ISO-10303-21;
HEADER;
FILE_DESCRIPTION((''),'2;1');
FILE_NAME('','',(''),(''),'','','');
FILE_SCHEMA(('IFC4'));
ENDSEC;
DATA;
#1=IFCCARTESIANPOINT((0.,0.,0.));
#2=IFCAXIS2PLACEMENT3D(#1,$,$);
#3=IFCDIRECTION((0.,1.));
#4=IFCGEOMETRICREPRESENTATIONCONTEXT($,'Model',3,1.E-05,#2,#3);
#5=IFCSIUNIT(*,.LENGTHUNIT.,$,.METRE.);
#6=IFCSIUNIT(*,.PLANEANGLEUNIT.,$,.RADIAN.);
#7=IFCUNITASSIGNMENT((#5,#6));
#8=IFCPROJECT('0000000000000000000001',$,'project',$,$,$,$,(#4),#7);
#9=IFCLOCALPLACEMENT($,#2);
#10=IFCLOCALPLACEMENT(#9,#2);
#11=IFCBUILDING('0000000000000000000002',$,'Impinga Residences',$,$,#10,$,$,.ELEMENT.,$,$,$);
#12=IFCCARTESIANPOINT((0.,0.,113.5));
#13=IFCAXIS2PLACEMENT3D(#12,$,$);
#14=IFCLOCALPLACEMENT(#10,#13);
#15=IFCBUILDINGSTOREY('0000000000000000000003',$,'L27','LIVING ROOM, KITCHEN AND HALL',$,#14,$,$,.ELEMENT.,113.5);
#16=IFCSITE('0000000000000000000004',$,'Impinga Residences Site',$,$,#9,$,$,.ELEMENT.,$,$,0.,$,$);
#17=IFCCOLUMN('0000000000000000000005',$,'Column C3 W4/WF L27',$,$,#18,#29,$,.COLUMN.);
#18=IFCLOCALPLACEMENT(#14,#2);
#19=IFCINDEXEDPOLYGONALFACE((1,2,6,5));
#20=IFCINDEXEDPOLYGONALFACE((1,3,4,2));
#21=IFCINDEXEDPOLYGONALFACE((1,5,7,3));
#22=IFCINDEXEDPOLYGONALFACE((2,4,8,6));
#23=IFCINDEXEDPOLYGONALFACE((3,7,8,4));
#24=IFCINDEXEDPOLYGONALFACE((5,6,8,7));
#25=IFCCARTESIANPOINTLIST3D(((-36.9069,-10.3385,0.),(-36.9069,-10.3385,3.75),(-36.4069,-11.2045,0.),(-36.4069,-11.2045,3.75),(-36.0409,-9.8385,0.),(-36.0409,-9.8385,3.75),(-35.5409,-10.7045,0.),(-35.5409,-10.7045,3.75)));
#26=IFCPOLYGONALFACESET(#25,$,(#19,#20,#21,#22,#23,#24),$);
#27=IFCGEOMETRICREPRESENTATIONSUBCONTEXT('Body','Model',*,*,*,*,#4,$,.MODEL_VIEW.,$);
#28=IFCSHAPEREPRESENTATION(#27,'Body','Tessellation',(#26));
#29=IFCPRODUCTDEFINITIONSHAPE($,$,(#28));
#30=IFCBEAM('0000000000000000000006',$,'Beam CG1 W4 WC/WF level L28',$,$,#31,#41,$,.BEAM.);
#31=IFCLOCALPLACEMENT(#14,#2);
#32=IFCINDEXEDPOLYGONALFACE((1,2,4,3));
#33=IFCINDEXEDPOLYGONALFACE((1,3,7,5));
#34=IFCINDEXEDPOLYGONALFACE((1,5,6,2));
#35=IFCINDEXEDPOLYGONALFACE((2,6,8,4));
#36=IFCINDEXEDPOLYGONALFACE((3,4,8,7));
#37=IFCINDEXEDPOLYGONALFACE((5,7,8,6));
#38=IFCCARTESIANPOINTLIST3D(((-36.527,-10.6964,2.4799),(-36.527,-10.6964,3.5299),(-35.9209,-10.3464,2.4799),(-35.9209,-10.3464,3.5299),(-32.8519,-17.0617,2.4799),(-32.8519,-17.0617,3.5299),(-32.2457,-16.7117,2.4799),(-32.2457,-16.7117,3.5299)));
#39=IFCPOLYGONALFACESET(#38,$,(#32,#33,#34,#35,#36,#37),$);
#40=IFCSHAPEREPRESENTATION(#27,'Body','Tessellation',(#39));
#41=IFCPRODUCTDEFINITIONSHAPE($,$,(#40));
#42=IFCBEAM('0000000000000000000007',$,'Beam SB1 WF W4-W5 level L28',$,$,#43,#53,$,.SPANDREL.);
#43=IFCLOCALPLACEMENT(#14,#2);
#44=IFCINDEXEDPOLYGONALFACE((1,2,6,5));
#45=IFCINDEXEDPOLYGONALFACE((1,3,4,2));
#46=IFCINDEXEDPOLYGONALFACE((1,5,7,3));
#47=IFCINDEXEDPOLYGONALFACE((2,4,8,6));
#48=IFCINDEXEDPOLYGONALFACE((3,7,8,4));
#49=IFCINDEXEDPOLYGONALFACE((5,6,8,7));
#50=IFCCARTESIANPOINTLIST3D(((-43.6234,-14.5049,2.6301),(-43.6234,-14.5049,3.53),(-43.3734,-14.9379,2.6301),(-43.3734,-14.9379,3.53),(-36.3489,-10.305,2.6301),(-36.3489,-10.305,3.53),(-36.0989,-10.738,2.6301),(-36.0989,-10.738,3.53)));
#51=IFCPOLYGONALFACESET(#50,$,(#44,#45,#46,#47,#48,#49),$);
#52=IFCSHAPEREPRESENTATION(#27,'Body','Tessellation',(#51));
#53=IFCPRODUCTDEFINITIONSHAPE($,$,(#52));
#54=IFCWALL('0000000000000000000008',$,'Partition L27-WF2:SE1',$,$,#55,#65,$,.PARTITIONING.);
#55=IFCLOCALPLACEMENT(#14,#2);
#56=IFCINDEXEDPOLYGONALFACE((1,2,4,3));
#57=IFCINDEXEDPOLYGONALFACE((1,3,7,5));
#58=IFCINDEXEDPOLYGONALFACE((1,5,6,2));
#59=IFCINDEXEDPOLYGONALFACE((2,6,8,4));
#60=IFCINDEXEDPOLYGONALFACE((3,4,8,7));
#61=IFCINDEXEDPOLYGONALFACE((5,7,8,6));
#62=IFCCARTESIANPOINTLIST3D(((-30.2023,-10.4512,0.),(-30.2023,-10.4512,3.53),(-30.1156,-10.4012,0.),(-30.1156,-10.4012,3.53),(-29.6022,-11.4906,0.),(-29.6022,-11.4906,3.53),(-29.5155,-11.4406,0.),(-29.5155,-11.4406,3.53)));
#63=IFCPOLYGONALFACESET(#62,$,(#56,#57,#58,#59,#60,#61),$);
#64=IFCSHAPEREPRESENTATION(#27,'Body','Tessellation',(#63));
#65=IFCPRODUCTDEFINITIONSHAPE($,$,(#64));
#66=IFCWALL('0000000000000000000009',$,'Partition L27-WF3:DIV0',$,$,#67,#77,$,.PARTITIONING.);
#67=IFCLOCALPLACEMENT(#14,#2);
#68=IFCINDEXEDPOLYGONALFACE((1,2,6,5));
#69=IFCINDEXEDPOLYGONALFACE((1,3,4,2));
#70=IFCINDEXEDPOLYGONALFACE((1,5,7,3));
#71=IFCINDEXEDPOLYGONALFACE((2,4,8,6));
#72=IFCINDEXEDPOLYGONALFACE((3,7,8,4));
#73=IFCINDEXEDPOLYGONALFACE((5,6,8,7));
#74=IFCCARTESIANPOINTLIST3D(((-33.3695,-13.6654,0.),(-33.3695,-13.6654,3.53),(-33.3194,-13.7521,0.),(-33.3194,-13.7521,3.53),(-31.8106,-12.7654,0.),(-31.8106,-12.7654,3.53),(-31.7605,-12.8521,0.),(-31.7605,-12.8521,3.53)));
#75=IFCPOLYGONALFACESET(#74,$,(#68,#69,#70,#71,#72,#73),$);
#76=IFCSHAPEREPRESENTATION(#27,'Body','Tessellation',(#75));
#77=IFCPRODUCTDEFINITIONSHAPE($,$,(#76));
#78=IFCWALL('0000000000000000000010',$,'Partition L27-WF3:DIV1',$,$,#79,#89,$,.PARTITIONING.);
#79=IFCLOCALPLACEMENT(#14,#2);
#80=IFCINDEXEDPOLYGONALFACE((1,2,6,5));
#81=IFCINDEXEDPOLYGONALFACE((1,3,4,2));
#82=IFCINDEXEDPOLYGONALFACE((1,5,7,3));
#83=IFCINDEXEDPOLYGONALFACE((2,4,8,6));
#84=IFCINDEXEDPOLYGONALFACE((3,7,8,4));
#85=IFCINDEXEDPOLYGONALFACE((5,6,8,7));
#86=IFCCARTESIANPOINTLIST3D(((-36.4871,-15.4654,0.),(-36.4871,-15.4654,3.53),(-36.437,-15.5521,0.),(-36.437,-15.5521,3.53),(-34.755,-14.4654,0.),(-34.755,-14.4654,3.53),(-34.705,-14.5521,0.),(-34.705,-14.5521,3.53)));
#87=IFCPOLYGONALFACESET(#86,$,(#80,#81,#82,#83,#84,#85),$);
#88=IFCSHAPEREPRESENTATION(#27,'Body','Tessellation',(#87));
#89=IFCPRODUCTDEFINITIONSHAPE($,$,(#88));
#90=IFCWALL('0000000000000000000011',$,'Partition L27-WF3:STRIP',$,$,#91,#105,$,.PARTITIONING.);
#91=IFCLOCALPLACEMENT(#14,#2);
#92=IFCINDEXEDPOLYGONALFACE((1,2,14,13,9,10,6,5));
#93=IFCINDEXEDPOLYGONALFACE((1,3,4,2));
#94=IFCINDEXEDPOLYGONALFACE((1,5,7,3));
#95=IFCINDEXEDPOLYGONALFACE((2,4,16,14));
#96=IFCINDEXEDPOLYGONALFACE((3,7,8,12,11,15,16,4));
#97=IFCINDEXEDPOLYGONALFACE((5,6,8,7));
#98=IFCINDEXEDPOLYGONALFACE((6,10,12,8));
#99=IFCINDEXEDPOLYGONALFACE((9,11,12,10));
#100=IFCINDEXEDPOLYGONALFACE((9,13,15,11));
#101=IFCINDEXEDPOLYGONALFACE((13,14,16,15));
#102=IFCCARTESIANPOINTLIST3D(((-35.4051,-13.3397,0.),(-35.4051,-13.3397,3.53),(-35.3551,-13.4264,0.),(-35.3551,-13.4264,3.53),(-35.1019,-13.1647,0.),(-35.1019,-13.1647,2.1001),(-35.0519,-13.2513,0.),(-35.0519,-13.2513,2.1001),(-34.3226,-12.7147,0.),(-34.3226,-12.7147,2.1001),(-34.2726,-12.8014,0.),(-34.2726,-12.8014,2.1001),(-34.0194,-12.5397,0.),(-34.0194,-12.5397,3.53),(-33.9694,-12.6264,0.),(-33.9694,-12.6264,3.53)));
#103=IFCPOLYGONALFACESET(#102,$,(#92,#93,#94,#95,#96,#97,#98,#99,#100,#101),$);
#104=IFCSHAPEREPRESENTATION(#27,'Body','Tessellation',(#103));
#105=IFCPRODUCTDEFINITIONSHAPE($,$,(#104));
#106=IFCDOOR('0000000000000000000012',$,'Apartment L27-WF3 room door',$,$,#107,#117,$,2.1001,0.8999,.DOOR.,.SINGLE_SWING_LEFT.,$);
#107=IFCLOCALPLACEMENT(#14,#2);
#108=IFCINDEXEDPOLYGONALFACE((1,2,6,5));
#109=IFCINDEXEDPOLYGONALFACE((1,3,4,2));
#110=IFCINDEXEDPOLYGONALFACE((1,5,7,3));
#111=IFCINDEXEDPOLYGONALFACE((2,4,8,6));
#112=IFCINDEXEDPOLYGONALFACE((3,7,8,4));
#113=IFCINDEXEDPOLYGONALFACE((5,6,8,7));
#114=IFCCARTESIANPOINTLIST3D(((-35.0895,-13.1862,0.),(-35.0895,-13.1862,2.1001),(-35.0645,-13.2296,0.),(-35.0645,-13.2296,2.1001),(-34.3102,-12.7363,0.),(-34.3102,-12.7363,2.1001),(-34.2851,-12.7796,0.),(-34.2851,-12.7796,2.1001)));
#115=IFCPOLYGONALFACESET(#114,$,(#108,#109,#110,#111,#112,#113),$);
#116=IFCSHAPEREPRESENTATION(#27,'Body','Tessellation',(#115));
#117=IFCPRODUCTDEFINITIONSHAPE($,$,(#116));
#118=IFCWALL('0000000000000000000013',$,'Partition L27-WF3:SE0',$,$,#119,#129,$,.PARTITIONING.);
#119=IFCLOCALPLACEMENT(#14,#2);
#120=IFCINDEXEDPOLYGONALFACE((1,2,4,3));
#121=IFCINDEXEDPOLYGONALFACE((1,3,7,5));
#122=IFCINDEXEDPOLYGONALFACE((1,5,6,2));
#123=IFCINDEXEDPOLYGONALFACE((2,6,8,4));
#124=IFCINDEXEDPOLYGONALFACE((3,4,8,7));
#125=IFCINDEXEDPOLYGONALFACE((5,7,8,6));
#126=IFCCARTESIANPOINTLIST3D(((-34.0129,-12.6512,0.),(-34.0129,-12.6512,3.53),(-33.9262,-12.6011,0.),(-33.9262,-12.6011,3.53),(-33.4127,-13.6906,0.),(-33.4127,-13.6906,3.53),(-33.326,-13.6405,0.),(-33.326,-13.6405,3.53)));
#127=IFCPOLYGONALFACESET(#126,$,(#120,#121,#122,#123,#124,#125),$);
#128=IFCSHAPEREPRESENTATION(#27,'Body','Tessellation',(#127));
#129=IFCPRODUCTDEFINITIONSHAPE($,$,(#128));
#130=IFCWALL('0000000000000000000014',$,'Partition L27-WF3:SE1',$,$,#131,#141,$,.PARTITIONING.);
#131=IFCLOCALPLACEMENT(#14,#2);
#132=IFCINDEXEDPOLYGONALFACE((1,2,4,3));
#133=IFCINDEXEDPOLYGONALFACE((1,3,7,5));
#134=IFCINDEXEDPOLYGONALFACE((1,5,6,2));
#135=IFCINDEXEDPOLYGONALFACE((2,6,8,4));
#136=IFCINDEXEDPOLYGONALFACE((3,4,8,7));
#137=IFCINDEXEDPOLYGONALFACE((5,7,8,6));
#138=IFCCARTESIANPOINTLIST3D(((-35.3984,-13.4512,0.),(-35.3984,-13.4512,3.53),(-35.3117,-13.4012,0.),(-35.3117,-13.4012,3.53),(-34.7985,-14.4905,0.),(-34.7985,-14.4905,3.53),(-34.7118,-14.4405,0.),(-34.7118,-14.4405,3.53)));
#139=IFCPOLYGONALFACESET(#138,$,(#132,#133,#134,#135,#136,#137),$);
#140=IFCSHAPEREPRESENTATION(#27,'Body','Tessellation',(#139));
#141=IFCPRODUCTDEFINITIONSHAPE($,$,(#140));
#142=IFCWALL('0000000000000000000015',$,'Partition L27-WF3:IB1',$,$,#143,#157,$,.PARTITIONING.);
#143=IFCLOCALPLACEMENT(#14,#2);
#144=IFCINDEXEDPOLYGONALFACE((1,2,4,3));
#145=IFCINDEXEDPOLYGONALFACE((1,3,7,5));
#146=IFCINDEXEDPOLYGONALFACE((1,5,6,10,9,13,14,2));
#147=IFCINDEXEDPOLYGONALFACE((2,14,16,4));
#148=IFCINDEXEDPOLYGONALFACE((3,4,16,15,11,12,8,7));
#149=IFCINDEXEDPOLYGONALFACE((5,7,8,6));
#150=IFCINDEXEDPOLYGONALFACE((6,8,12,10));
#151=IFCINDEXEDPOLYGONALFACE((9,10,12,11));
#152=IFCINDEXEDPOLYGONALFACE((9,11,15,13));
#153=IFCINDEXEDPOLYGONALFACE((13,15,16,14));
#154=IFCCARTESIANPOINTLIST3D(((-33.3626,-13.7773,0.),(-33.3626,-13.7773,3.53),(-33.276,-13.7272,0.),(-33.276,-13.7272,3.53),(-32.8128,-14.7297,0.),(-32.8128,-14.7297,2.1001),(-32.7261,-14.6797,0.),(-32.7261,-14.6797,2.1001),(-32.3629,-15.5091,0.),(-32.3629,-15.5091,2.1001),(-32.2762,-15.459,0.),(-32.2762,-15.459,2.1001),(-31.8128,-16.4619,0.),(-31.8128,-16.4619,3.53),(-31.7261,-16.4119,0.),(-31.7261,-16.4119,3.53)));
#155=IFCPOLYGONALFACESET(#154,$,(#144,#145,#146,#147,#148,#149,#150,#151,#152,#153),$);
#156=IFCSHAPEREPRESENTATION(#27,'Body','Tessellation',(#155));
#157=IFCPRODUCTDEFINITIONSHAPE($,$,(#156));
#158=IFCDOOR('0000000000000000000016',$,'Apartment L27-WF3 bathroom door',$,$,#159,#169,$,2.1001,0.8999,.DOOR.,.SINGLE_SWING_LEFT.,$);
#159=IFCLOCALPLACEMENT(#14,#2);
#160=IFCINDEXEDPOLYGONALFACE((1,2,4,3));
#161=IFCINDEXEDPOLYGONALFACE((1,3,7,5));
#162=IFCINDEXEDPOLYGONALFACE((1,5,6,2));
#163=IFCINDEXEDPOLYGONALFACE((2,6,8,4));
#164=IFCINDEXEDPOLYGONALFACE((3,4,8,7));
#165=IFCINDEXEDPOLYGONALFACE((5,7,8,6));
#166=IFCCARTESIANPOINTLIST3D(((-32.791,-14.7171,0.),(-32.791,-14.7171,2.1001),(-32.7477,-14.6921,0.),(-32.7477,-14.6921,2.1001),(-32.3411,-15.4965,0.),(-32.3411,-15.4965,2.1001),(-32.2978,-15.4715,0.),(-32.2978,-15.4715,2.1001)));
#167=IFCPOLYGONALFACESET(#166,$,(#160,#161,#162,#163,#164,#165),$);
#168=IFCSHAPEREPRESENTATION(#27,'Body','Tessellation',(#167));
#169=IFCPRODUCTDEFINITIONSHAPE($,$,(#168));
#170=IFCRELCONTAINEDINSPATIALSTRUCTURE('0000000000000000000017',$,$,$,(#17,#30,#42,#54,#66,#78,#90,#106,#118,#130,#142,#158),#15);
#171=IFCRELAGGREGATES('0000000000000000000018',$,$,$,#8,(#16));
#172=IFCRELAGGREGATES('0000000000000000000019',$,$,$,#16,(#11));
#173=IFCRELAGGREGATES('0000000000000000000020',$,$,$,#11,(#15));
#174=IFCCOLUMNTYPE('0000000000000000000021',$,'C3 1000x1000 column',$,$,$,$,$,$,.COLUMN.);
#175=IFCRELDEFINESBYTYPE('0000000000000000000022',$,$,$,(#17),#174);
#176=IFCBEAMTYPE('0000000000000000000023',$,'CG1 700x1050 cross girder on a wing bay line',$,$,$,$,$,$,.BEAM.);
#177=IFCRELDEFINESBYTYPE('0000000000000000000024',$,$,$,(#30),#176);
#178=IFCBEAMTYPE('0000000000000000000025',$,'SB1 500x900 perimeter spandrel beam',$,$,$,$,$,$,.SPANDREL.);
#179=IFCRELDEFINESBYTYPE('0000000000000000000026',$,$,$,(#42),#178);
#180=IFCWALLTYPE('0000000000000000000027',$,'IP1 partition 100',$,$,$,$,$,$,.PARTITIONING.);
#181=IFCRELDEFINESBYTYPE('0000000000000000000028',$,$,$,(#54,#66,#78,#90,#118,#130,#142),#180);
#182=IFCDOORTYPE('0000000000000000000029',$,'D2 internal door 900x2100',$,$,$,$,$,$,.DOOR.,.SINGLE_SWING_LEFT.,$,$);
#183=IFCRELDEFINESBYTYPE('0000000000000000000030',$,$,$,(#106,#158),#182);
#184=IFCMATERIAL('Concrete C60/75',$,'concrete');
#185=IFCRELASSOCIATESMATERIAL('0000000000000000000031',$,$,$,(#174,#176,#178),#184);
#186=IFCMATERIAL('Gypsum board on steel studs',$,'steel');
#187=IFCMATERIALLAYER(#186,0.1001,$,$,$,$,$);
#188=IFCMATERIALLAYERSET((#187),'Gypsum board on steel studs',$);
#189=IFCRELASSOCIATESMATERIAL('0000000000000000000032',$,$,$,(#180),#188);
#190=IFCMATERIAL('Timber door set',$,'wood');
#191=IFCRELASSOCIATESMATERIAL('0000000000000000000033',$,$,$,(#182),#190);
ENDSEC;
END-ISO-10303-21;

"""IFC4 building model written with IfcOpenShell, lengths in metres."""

from ifc_helpers import new_model, si_unit, direction, frame, frame_2d, origin, origin_2d, place, context, subcontext, project, spatial, rectangle, extrude, material, layer, layer_set, material_profile, profile_set, type_object, element, fill, save


model = new_model("IFC4")

# Units and contexts
model_context = context("Model", 3, precision=1e-05, world=origin(), true_north=direction((0.0, 1.0)))
body_context = subcontext(model_context, "Body", "Model", "MODEL_VIEW")
ifc_project = project(units=[si_unit("LENGTHUNIT", "METRE"), si_unit("PLANEANGLEUNIT", "RADIAN")], contexts=[model_context])

# Site, building, storey
site_placement = place(None, origin())
site = spatial("IfcSite", under=ifc_project, at=site_placement, Name="Impinga Residences Site", CompositionType="ELEMENT", RefElevation=0.0)
building_placement = place(site_placement, origin())
building = spatial("IfcBuilding", under=site, at=building_placement, Name="Impinga Residences", CompositionType="ELEMENT")
storey_placement = place(building_placement, frame((0.0, 0.0, 113.5)))
storey = spatial("IfcBuildingStorey", under=building, at=storey_placement, Name="L27", Description="LIVING ROOM, KITCHEN AND HALL", CompositionType="ELEMENT", Elevation=113.5)

# Column
ifc_material_1 = material(Name="Concrete C60/75", Category="concrete")
ifc_material_profile_1 = material_profile(ifc_material_1, rectangle(XDim=1.0, YDim=1.0, at=origin_2d()), Name="RC 1000x1000")
ifc_profile_set_1 = profile_set([ifc_material_profile_1], Name="Concrete C60/75")
column_type = type_object("IfcColumnType", Name="C3 1000x1000 column", PredefinedType="COLUMN", material=ifc_profile_set_1)
column_placement = place(storey_placement, frame((-36.2239, -10.5215, 0.0), z_axis=(0.0, 0.0, 1.0), x_axis=(-0.5, 0.866025, 0.0)))
element("IfcColumn", 1, at=column_placement, inside=storey, type_object=column_type, Name="Column C3 W4/WF L27", PredefinedType="COLUMN", context=body_context, shape_type="SweptSolid", body=[
    extrude(rectangle(XDim=1.0, YDim=1.0, at=origin_2d()), origin(), (0.0, 0.0, 1.0), 3.75),
])

# Beams
ifc_material_profile_2 = material_profile(ifc_material_1, rectangle(XDim=0.7, YDim=1.05, at=origin_2d()), Name="RC 700x1050")
ifc_profile_set_2 = profile_set([ifc_material_profile_2], Name="Concrete C60/75")
beam_type_1 = type_object("IfcBeamType", Name="CG1 700x1050 cross girder on a wing bay line", PredefinedType="BEAM", material=ifc_profile_set_2)
beam_1_placement = place(storey_placement, frame((-32.5488, -16.8867, 3.0049), z_axis=(-0.500008, 0.866021, 0.0), x_axis=(-0.866021, -0.500008, 0.0)))
element("IfcBeam", 2, at=beam_1_placement, inside=storey, type_object=beam_type_1, Name="Beam CG1 W4 WC/WF level L28", PredefinedType="BEAM", context=body_context, shape_type="SweptSolid", body=[
    extrude(rectangle(XDim=0.7, YDim=1.05, at=origin_2d()), origin(), (0.0, 0.0, 1.0), 7.3501),
])
ifc_material_profile_3 = material_profile(ifc_material_1, rectangle(XDim=0.5, YDim=0.8999, at=origin_2d()), Name="RC 500x900")
ifc_profile_set_3 = profile_set([ifc_material_profile_3], Name="Concrete C60/75")
beam_type_2 = type_object("IfcBeamType", Name="SB1 500x900 perimeter spandrel beam", PredefinedType="SPANDREL", material=ifc_profile_set_3)
beam_2_placement = place(storey_placement, frame((-36.2239, -10.5215, 3.0801), z_axis=(-0.866029, -0.499993, 0.0), x_axis=(0.499993, -0.866029, 0.0)))
element("IfcBeam", 3, at=beam_2_placement, inside=storey, type_object=beam_type_2, Name="Beam SB1 WF W4-W5 level L28", PredefinedType="SPANDREL", context=body_context, shape_type="SweptSolid", body=[
    extrude(rectangle(XDim=0.5, YDim=0.8999, at=origin_2d()), origin(), (0.0, 0.0, 1.0), 8.3999),
])

# Walls
ifc_material_2 = material(Name="Gypsum board on steel studs", Category="steel")
ifc_layer_1 = layer(ifc_material_2, 0.1001)
ifc_layer_set_1 = layer_set([ifc_layer_1], Name="Gypsum board on steel studs")
wall_type_1 = type_object("IfcWallType", Name="IP1 partition 100", PredefinedType="PARTITIONING", material=ifc_layer_set_1)
wall_1_placement = place(storey_placement, frame((-29.5588, -11.4656, 0.0), z_axis=(0.0, 0.0, 1.0), x_axis=(-0.500034, 0.866006, 0.0)))
element("IfcWall", 4, at=wall_1_placement, inside=storey, type_object=wall_type_1, Name="Partition L27-WF2:SE1", PredefinedType="PARTITIONING", context=body_context, shape_type="SweptSolid", body=[
    extrude(rectangle(XDim=1.2002, YDim=0.1001, at=frame_2d((0.6001, 0.0))), origin(), (0.0, 0.0, 1.0), 3.53),
])
wall_2_placement = place(storey_placement, frame((-31.7856, -12.8088, 0.0), z_axis=(0.0, 0.0, 1.0), x_axis=(-0.866048, -0.499961, 0.0)))
element("IfcWall", 5, at=wall_2_placement, inside=storey, type_object=wall_type_1, Name="Partition L27-WF3:DIV0", PredefinedType="PARTITIONING", context=body_context, shape_type="SweptSolid", body=[
    extrude(rectangle(XDim=1.8, YDim=0.1001, at=frame_2d((0.8999, 0.0))), origin(), (0.0, 0.0, 1.0), 3.53),
])
wall_3_placement = place(storey_placement, frame((-34.73, -14.5088, 0.0), z_axis=(0.0, 0.0, 1.0), x_axis=(-0.866041, -0.499973, 0.0)))
element("IfcWall", 6, at=wall_3_placement, inside=storey, type_object=wall_type_1, Name="Partition L27-WF3:DIV1", PredefinedType="PARTITIONING", context=body_context, shape_type="SweptSolid", body=[
    extrude(rectangle(XDim=2.0, YDim=0.1001, at=frame_2d((1.0, 0.0))), origin(), (0.0, 0.0, 1.0), 3.53),
])

# Wall, opening, door
wall_4_placement = place(storey_placement, frame((-33.9944, -12.583, 0.0), z_axis=(0.0, 0.0, 1.0), x_axis=(-0.866028, -0.499995, 0.0)))
wall_4 = element("IfcWall", 7, at=wall_4_placement, inside=storey, type_object=wall_type_1, Name="Partition L27-WF3:STRIP", PredefinedType="PARTITIONING", context=body_context, shape_type="SweptSolid", body=[
    extrude(rectangle(XDim=1.6001, YDim=0.1001, at=frame_2d((0.8, 0.0))), origin(), (0.0, 0.0, 1.0), 3.53),
])
opening_1_placement = place(wall_4_placement, frame((0.3501, 0.0, 0.0)))
opening_1 = element("IfcOpeningElement", 8, at=opening_1_placement, cuts=wall_4, PredefinedType="OPENING", context=body_context, shape_type="SweptSolid", body=[
    extrude(rectangle(XDim=0.8999, YDim=2.1001, at=frame_2d((0.45, 1.05))), frame((0.0, 0.0601, 0.0), z_axis=(0.0, -1.0, 0.0), x_axis=(1.0, 0.0, 0.0)), (0.0, 0.0, 1.0), 0.1201),
])
ifc_material_3 = material(Name="Timber door set", Category="wood")
door_type = type_object("IfcDoorType", Name="D2 internal door 900x2100", OperationType="SINGLE_SWING_LEFT", PredefinedType="DOOR", material=ifc_material_3)
door_1_placement = place(opening_1_placement, origin())
door_1 = element("IfcDoor", 9, at=door_1_placement, inside=storey, type_object=door_type, Name="Apartment L27-WF3 room door", OperationType="SINGLE_SWING_LEFT", OverallHeight=2.1001, OverallWidth=0.8999, PredefinedType="DOOR", context=body_context, shape_type="SweptSolid", body=[
    extrude(rectangle(XDim=0.8999, YDim=2.1001, at=frame_2d((0.45, 1.05))), frame((0.0, 0.0249, 0.0), z_axis=(0.0, -1.0, 0.0), x_axis=(1.0, 0.0, 0.0)), (0.0, 0.0, 1.0), 0.05),
])
fill(opening_1, door_1)

# Walls
wall_5_placement = place(storey_placement, frame((-33.3694, -13.6655, 0.0), z_axis=(0.0, 0.0, 1.0), x_axis=(-0.500034, 0.866006, 0.0)))
element("IfcWall", 10, at=wall_5_placement, inside=storey, type_object=wall_type_1, Name="Partition L27-WF3:SE0", PredefinedType="PARTITIONING", context=body_context, shape_type="SweptSolid", body=[
    extrude(rectangle(XDim=1.2002, YDim=0.1001, at=frame_2d((0.6001, 0.0))), origin(), (0.0, 0.0, 1.0), 3.53),
])
wall_6_placement = place(storey_placement, frame((-34.7551, -14.4656, 0.0), z_axis=(0.0, 0.0, 1.0), x_axis=(-0.499881, 0.866094, 0.0)))
element("IfcWall", 11, at=wall_6_placement, inside=storey, type_object=wall_type_1, Name="Partition L27-WF3:SE1", PredefinedType="PARTITIONING", context=body_context, shape_type="SweptSolid", body=[
    extrude(rectangle(XDim=1.2, YDim=0.1001, at=frame_2d((0.6001, 0.0))), origin(), (0.0, 0.0, 1.0), 3.53),
])

# Wall, opening, door
wall_7_placement = place(storey_placement, frame((-31.7695, -16.4368, 0.0), z_axis=(0.0, 0.0, 1.0), x_axis=(-0.499968, 0.866044, 0.0)))
wall_7 = element("IfcWall", 12, at=wall_7_placement, inside=storey, type_object=wall_type_1, Name="Partition L27-WF3:IB1", PredefinedType="PARTITIONING", context=body_context, shape_type="SweptSolid", body=[
    extrude(rectangle(XDim=3.0999, YDim=0.1001, at=frame_2d((1.5498, 0.0))), origin(), (0.0, 0.0, 1.0), 3.53),
])
opening_2_placement = place(wall_7_placement, frame((1.1001, 0.0, 0.0)))
opening_2 = element("IfcOpeningElement", 13, at=opening_2_placement, cuts=wall_7, PredefinedType="OPENING", context=body_context, shape_type="SweptSolid", body=[
    extrude(rectangle(XDim=0.8999, YDim=2.1001, at=frame_2d((0.45, 1.05))), frame((0.0, 0.0601, 0.0), z_axis=(0.0, -1.0, 0.0), x_axis=(1.0, 0.0, 0.0)), (0.0, 0.0, 1.0), 0.1201),
])
door_2_placement = place(opening_2_placement, origin())
door_2 = element("IfcDoor", 14, at=door_2_placement, inside=storey, type_object=door_type, Name="Apartment L27-WF3 bathroom door", OperationType="SINGLE_SWING_LEFT", OverallHeight=2.1001, OverallWidth=0.8999, PredefinedType="DOOR", context=body_context, shape_type="SweptSolid", body=[
    extrude(rectangle(XDim=0.8999, YDim=2.1001, at=frame_2d((0.45, 1.05))), frame((0.0, 0.0249, 0.0), z_axis=(0.0, -1.0, 0.0), x_axis=(1.0, 0.0, 0.0)), (0.0, 0.0, 1.0), 0.05),
])
fill(opening_2, door_2)

save(model, "model.ifc")
